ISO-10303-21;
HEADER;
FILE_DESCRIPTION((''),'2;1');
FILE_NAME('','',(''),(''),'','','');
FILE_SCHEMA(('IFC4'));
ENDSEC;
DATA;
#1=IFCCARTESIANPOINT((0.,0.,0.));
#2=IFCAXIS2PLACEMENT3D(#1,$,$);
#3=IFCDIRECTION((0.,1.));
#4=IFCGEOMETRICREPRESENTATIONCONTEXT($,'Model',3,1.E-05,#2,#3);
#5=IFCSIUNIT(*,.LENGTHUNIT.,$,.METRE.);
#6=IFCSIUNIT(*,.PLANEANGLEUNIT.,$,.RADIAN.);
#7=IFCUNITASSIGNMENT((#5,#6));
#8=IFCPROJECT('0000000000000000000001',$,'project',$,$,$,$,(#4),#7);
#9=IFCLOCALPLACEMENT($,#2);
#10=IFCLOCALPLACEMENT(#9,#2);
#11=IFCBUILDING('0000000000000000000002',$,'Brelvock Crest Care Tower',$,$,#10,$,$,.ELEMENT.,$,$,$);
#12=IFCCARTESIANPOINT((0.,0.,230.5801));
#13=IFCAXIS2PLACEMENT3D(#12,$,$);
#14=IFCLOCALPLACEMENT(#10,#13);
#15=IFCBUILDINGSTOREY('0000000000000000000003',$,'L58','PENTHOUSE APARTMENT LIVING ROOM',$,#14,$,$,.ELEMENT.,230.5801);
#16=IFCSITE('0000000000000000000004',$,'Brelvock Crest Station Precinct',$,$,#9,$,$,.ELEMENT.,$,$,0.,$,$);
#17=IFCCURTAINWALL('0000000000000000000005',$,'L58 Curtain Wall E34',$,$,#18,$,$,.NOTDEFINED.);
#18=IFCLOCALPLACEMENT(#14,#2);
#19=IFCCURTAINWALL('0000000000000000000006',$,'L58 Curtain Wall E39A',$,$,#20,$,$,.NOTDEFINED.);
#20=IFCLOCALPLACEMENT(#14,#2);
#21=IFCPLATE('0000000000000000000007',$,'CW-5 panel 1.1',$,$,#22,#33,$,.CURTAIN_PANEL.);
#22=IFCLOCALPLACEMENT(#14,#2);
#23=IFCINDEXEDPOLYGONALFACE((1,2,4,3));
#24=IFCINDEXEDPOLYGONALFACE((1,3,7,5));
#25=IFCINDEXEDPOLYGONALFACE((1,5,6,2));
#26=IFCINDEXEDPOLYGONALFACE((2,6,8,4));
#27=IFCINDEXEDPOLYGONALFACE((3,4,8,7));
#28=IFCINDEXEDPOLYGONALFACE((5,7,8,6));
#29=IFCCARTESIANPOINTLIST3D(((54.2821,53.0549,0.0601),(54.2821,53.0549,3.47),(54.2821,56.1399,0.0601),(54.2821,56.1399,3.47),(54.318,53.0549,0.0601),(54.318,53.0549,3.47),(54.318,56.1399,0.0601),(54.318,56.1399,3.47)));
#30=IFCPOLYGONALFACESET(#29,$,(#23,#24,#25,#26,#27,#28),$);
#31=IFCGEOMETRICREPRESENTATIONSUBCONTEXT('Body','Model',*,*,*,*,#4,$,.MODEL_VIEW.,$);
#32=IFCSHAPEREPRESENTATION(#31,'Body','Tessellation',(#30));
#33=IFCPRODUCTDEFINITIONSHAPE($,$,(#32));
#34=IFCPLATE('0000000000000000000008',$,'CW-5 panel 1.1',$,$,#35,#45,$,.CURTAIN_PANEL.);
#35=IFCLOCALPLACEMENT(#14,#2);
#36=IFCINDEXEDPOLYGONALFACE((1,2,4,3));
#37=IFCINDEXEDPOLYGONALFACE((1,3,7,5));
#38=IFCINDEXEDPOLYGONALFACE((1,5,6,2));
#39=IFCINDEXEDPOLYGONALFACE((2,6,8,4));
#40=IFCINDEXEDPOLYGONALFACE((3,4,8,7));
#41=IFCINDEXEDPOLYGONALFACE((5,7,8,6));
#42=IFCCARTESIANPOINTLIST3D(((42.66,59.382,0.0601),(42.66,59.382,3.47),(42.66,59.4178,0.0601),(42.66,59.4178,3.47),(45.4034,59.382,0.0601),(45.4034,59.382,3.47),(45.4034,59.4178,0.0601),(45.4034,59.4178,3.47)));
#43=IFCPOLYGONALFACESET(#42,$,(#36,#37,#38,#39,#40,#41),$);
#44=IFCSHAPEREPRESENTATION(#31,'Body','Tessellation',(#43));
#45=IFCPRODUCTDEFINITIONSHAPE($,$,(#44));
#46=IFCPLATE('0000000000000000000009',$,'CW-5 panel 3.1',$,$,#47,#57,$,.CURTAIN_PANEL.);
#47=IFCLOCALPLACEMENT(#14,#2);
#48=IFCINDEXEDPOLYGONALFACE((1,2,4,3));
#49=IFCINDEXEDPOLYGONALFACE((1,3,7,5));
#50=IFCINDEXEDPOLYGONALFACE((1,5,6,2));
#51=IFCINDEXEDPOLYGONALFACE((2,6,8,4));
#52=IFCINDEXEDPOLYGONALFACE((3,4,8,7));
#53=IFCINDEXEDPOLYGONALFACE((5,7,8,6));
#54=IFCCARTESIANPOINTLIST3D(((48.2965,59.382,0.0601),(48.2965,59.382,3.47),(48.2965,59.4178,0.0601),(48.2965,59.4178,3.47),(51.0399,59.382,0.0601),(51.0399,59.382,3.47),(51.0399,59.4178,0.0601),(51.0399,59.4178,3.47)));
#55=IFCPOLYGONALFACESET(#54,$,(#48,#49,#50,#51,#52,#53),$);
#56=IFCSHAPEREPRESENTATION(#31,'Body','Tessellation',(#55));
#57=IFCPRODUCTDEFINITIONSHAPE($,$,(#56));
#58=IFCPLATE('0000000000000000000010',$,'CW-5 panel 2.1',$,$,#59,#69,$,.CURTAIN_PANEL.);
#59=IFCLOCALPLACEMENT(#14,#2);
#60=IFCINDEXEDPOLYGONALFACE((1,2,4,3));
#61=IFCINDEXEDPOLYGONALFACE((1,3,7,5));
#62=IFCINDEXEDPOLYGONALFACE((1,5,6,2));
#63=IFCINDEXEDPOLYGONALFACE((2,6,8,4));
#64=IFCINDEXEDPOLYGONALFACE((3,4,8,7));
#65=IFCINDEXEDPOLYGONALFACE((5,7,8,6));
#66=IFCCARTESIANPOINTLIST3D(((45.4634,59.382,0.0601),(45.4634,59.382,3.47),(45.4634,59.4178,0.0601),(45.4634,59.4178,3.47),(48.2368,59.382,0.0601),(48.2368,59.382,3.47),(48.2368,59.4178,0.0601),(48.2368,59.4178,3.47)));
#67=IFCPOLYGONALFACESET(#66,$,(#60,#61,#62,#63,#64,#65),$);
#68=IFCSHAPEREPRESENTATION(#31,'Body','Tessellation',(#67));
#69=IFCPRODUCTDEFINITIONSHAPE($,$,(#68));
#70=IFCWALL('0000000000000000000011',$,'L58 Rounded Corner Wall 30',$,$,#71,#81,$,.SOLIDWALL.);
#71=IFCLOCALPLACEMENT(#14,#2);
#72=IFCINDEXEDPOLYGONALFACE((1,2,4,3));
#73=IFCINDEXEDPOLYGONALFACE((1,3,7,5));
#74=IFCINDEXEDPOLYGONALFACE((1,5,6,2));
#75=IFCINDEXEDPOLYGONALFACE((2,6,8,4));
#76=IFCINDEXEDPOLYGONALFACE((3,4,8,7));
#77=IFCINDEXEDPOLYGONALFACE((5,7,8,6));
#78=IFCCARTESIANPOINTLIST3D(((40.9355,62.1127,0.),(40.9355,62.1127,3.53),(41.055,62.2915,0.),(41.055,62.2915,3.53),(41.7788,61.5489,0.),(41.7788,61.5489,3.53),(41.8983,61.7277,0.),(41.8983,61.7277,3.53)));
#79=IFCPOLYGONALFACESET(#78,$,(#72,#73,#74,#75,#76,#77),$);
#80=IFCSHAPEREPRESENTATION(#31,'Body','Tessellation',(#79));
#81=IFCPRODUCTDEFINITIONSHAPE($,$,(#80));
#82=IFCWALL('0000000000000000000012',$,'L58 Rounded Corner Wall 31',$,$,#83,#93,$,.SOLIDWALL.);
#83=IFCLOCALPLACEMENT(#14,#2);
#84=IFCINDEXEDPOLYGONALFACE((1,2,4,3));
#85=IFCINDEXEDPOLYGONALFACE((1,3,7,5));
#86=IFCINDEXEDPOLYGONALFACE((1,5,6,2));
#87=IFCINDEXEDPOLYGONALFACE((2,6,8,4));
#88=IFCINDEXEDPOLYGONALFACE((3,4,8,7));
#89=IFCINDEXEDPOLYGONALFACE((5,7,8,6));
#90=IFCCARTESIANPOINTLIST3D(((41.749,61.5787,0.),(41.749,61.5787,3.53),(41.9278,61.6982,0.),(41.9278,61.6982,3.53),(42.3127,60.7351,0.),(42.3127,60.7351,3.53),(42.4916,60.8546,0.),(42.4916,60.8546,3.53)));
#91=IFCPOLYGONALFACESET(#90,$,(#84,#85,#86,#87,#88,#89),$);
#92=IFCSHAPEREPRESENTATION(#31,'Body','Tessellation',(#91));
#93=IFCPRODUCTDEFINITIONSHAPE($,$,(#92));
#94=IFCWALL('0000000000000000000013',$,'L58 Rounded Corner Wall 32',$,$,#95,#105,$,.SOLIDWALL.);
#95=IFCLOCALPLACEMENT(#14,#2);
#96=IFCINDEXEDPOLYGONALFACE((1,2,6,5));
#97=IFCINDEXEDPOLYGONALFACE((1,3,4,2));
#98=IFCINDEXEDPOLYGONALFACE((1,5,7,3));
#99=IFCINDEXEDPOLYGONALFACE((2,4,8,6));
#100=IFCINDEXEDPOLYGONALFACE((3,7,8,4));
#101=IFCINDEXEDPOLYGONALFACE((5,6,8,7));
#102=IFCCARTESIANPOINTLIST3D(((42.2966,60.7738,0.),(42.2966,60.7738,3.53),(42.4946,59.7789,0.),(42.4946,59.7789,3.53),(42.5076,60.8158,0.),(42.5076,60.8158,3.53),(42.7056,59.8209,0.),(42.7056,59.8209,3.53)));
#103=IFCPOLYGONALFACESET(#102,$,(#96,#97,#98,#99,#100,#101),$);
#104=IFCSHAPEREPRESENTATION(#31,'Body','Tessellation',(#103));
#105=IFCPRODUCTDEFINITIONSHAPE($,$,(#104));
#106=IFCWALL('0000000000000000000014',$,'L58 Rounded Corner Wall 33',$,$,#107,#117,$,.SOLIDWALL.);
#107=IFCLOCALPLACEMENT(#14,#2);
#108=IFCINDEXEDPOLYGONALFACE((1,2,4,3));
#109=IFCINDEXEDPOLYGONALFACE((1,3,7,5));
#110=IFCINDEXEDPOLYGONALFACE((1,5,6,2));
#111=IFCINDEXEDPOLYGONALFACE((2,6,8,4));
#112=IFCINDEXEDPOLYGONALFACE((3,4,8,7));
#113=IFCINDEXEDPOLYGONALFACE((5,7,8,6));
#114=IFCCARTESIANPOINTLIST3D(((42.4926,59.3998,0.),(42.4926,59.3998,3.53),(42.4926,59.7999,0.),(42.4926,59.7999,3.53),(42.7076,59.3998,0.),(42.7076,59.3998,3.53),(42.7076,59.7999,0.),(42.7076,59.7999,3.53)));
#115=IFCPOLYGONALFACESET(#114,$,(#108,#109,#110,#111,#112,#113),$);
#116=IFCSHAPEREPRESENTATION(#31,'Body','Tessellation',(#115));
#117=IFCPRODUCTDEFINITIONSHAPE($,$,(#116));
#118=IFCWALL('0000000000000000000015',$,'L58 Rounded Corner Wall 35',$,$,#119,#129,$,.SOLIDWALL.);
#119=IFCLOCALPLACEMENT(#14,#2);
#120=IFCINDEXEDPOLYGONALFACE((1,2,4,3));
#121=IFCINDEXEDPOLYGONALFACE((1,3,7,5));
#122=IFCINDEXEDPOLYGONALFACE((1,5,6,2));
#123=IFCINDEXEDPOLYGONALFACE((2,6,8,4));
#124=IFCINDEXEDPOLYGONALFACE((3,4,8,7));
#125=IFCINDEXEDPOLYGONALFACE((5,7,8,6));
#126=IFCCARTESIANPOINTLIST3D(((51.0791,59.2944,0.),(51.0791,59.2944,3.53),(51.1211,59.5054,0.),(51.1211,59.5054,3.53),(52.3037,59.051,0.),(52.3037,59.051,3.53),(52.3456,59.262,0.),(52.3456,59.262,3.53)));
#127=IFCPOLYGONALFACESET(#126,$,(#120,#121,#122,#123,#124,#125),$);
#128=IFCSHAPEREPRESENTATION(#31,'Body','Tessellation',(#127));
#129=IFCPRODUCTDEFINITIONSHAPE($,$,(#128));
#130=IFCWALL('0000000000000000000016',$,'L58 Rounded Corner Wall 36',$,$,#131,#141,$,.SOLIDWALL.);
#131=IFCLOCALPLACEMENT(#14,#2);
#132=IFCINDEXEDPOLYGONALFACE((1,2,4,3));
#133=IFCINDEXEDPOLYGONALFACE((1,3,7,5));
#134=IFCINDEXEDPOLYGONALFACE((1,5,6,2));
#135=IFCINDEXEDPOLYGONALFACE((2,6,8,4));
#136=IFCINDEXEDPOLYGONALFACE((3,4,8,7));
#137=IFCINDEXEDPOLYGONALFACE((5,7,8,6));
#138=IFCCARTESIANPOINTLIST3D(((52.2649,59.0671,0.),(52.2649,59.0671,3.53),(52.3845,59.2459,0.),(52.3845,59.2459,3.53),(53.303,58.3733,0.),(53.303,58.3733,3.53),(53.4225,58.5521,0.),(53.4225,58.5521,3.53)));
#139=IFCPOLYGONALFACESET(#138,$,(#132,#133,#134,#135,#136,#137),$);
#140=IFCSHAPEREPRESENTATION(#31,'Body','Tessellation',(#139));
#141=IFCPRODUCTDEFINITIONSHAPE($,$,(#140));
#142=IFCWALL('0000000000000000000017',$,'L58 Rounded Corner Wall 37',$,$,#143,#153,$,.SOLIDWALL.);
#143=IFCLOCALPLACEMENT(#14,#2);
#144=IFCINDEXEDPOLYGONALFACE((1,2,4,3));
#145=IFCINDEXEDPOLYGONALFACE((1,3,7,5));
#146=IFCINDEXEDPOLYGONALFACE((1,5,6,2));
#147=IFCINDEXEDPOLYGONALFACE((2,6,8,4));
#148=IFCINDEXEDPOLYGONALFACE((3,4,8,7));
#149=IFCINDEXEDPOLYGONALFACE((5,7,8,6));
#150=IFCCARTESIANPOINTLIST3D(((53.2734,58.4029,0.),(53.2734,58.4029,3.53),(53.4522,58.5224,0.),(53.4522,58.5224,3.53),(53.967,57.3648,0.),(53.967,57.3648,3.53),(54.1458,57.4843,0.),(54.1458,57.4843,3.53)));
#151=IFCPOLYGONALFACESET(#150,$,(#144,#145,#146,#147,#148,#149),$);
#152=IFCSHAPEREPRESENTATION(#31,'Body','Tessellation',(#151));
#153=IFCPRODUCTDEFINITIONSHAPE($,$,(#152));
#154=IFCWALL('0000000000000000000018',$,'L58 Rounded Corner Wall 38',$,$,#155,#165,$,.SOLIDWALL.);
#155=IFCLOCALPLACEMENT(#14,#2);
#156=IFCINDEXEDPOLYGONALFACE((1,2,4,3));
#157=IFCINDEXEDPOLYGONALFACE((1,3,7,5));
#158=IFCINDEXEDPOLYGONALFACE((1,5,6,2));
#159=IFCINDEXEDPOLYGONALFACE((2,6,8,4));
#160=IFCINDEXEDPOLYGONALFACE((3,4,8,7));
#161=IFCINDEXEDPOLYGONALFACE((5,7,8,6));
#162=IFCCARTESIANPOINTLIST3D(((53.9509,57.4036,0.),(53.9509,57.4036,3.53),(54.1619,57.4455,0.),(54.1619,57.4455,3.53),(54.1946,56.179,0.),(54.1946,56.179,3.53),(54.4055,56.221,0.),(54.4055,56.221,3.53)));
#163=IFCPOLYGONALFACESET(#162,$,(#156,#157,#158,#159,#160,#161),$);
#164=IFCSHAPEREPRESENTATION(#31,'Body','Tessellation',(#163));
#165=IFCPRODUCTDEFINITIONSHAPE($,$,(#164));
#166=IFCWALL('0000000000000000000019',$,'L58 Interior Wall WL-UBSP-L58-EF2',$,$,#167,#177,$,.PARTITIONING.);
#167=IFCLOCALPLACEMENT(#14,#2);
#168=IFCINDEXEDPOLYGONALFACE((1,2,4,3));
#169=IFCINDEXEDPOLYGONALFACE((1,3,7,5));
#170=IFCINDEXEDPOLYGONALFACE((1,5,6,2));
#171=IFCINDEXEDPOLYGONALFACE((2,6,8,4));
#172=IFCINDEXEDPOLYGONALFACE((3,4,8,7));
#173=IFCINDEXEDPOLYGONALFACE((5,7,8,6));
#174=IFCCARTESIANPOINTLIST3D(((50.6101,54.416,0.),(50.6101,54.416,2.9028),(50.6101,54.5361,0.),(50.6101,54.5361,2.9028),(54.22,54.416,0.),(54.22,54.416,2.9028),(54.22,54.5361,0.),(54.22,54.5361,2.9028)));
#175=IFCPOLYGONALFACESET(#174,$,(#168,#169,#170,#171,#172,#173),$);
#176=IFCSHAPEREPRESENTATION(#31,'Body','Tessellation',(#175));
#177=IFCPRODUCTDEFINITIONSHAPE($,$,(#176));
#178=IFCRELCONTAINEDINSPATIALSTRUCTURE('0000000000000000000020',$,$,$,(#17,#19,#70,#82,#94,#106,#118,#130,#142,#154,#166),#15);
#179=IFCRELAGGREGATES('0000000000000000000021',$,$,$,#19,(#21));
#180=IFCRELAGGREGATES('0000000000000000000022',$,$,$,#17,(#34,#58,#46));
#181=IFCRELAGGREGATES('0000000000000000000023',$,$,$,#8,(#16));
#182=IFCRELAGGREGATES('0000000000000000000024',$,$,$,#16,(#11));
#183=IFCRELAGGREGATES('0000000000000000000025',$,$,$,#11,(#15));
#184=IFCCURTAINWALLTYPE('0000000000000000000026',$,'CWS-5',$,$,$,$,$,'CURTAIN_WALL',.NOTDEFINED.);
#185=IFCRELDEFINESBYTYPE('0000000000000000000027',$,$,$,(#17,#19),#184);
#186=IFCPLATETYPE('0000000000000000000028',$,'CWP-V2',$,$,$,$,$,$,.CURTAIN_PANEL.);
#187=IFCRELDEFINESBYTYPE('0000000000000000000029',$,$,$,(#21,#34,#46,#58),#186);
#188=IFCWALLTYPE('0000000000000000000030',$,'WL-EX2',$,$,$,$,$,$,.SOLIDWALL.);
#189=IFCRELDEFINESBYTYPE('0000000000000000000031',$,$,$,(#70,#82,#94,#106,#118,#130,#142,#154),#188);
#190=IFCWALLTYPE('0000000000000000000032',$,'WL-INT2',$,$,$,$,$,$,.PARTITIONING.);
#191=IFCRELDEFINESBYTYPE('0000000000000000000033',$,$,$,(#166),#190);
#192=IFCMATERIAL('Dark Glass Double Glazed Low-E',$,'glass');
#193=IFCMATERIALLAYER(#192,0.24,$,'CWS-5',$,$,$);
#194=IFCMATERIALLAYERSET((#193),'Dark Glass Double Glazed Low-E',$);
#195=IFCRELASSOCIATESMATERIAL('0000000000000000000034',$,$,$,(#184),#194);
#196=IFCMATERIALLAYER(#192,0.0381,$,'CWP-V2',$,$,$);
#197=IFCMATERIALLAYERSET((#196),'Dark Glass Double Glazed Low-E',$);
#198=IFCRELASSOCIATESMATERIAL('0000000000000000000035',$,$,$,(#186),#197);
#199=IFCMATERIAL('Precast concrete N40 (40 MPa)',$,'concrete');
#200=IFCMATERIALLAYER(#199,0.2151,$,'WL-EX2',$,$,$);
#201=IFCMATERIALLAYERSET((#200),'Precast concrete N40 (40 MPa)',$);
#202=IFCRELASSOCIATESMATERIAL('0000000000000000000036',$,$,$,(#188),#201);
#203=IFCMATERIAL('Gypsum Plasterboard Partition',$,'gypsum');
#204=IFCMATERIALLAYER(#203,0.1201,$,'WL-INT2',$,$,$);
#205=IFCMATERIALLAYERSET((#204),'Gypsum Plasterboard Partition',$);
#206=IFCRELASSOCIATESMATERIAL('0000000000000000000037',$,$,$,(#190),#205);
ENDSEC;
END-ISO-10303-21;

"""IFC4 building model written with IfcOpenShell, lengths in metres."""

from ifc_helpers import new_model, si_unit, direction, frame, frame_2d, origin, origin_2d, place, context, subcontext, project, spatial, rectangle, extrude, source, transform, mapped, material, layer, layer_set, type_object, element, aggregate, save


model = new_model("IFC4")

# Units and contexts
model_context = context("Model", 3, precision=1e-05, world=origin(), true_north=direction((0.0, 1.0)))
body_context = subcontext(model_context, "Body", "Model", "MODEL_VIEW")
ifc_project = project(units=[si_unit("LENGTHUNIT", "METRE"), si_unit("PLANEANGLEUNIT", "RADIAN")], contexts=[model_context])

# Site, building, storey
site_placement = place(None, origin())
site = spatial("IfcSite", under=ifc_project, at=site_placement, Name="Brelvock Crest Station Precinct", CompositionType="ELEMENT", RefElevation=0.0)
building_placement = place(site_placement, origin())
building = spatial("IfcBuilding", under=site, at=building_placement, Name="Brelvock Crest Care Tower", CompositionType="ELEMENT")
storey_placement = place(building_placement, frame((0.0, 0.0, 230.5801)))
storey = spatial("IfcBuildingStorey", under=building, at=storey_placement, Name="L58", Description="PENTHOUSE APARTMENT LIVING ROOM", CompositionType="ELEMENT", Elevation=230.5801)

# Curtain walls
ifc_material_1 = material(Name="Dark Glass Double Glazed Low-E", Category="glass")
ifc_layer_1 = layer(ifc_material_1, 0.24, Name="CWS-5")
ifc_layer_set_1 = layer_set([ifc_layer_1], Name="Dark Glass Double Glazed Low-E")
curtain_wall_type = type_object("IfcCurtainWallType", Name="CWS-5", ElementType="CURTAIN_WALL", PredefinedType="NOTDEFINED", material=ifc_layer_set_1)
curtain_wall_1_placement = place(storey_placement, origin())
curtain_wall_1 = element("IfcCurtainWall", 1, at=curtain_wall_1_placement, inside=storey, type_object=curtain_wall_type, Name="L58 Curtain Wall E34", PredefinedType="NOTDEFINED")
curtain_wall_2_placement = place(storey_placement, origin())
curtain_wall_2 = element("IfcCurtainWall", 2, at=curtain_wall_2_placement, inside=storey, type_object=curtain_wall_type, Name="L58 Curtain Wall E39A", PredefinedType="NOTDEFINED")

# Plates
ifc_layer_2 = layer(ifc_material_1, 0.0381, Name="CWP-V2")
ifc_layer_set_2 = layer_set([ifc_layer_2], Name="Dark Glass Double Glazed Low-E")
plate_type = type_object("IfcPlateType", Name="CWP-V2", PredefinedType="CURTAIN_PANEL", material=ifc_layer_set_2)
shared_shape_1 = source(origin(), body_context, "Body", "SweptSolid", [
    extrude(rectangle(XDim=3.085, YDim=0.0359, at=origin_2d()), origin(), (0.0, 0.0, 1.0), 3.4099),
])
plate_1_placement = place(storey_placement, frame((54.3, 54.5974, 0.0601), z_axis=(0.0, 0.0, 1.0), x_axis=(0.0, -1.0, 0.0)))
plate_1 = element("IfcPlate", 3, at=plate_1_placement, type_object=plate_type, Name="CW-5 panel 1.1", PredefinedType="CURTAIN_PANEL", context=body_context, shape_type="MappedRepresentation", body=[
    mapped(shared_shape_1, transform((0.0, 0.0, 0.0), x_axis=(1.0, 0.0, 0.0), y_axis=(0.0, 1.0, 0.0), z_axis=(0.0, 0.0, 1.0), scale=1.0)),
])
aggregate(curtain_wall_2, [plate_1])
shared_shape_2 = source(origin(), body_context, "Body", "SweptSolid", [
    extrude(rectangle(XDim=2.7434, YDim=0.0359, at=origin_2d()), origin(), (0.0, 0.0, 1.0), 3.4099),
])
plate_2_placement = place(storey_placement, frame((44.0317, 59.3999, 0.0601), z_axis=(0.0, 0.0, 1.0), x_axis=(1.0, 0.0, 0.0)))
plate_2 = element("IfcPlate", 4, at=plate_2_placement, type_object=plate_type, Name="CW-5 panel 1.1", PredefinedType="CURTAIN_PANEL", context=body_context, shape_type="MappedRepresentation", body=[
    mapped(shared_shape_2, transform((0.0, 0.0, 0.0), x_axis=(1.0, 0.0, 0.0), y_axis=(0.0, 1.0, 0.0), z_axis=(0.0, 0.0, 1.0), scale=1.0)),
])
plate_3_placement = place(storey_placement, frame((49.6682, 59.3999, 0.0601), z_axis=(0.0, 0.0, 1.0), x_axis=(1.0, 0.0, 0.0)))
plate_3 = element("IfcPlate", 5, at=plate_3_placement, type_object=plate_type, Name="CW-5 panel 3.1", PredefinedType="CURTAIN_PANEL", context=body_context, shape_type="MappedRepresentation", body=[
    mapped(shared_shape_2, transform((0.0, 0.0, 0.0), x_axis=(1.0, 0.0, 0.0), y_axis=(0.0, 1.0, 0.0), z_axis=(0.0, 0.0, 1.0), scale=1.0)),
])
shared_shape_3 = source(origin(), body_context, "Body", "SweptSolid", [
    extrude(rectangle(XDim=2.7734, YDim=0.0359, at=origin_2d()), origin(), (0.0, 0.0, 1.0), 3.4099),
])
plate_4_placement = place(storey_placement, frame((46.8501, 59.3999, 0.0601), z_axis=(0.0, 0.0, 1.0), x_axis=(1.0, 0.0, 0.0)))
plate_4 = element("IfcPlate", 6, at=plate_4_placement, type_object=plate_type, Name="CW-5 panel 2.1", PredefinedType="CURTAIN_PANEL", context=body_context, shape_type="MappedRepresentation", body=[
    mapped(shared_shape_3, transform((0.0, 0.0, 0.0), x_axis=(1.0, 0.0, 0.0), y_axis=(0.0, 1.0, 0.0), z_axis=(0.0, 0.0, 1.0), scale=1.0)),
])
aggregate(curtain_wall_1, [plate_2, plate_4, plate_3])

# Walls
ifc_material_2 = material(Name="Precast concrete N40 (40 MPa)", Category="concrete")
ifc_layer_3 = layer(ifc_material_2, 0.2151, Name="WL-EX2")
ifc_layer_set_3 = layer_set([ifc_layer_3], Name="Precast concrete N40 (40 MPa)")
wall_type_1 = type_object("IfcWallType", Name="WL-EX2", PredefinedType="SOLIDWALL", material=ifc_layer_set_3)
wall_1_placement = place(storey_placement, frame((40.9951, 62.2021, 0.0), z_axis=(0.0, 0.0, 1.0), x_axis=(0.831346, -0.555755, 0.0)))
element("IfcWall", 7, at=wall_1_placement, inside=storey, type_object=wall_type_1, Name="L58 Rounded Corner Wall 30", PredefinedType="SOLIDWALL", context=body_context, shape_type="SweptSolid", body=[
    extrude(rectangle(XDim=1.0144, YDim=0.2151, at=frame_2d((0.5073, 0.0))), origin(), (0.0, 0.0, 1.0), 3.53),
])
wall_2_placement = place(storey_placement, frame((41.8384, 61.6384, 0.0), z_axis=(0.0, 0.0, 1.0), x_axis=(0.555644, -0.83142, 0.0)))
element("IfcWall", 8, at=wall_2_placement, inside=storey, type_object=wall_type_1, Name="L58 Rounded Corner Wall 31", PredefinedType="SOLIDWALL", context=body_context, shape_type="SweptSolid", body=[
    extrude(rectangle(XDim=1.0146, YDim=0.2151, at=frame_2d((0.5073, 0.0))), origin(), (0.0, 0.0, 1.0), 3.53),
])
wall_3_placement = place(storey_placement, frame((42.4021, 60.7949, 0.0), z_axis=(0.0, 0.0, 1.0), x_axis=(0.19519, -0.980765, 0.0)))
element("IfcWall", 9, at=wall_3_placement, inside=storey, type_object=wall_type_1, Name="L58 Rounded Corner Wall 32", PredefinedType="SOLIDWALL", context=body_context, shape_type="SweptSolid", body=[
    extrude(rectangle(XDim=1.0144, YDim=0.2151, at=frame_2d((0.5073, 0.0))), origin(), (0.0, 0.0, 1.0), 3.53),
])
wall_4_placement = place(storey_placement, frame((42.6001, 59.8, 0.0), z_axis=(0.0, 0.0, 1.0), x_axis=(0.0, -1.0, 0.0)))
element("IfcWall", 10, at=wall_4_placement, inside=storey, type_object=wall_type_1, Name="L58 Rounded Corner Wall 33", PredefinedType="SOLIDWALL", context=body_context, shape_type="SweptSolid", body=[
    extrude(rectangle(XDim=0.4001, YDim=0.2151, at=frame_2d((0.2002, 0.0))), origin(), (0.0, 0.0, 1.0), 3.53),
])
for number, where, z_axis, x_axis, name in (
    (11, (51.1001, 59.3999, 0.0), (0.0, 0.0, 1.0), (0.980813, -0.19495, 0.0), "L58 Rounded Corner Wall 35"),
    (12, (52.3247, 59.1565, 0.0), (0.0, 0.0, 1.0), (0.831388, -0.555692, 0.0), "L58 Rounded Corner Wall 36"),
    (13, (53.3628, 58.4626, 0.0), (0.0, 0.0, 1.0), (0.555557, -0.831478, 0.0), "L58 Rounded Corner Wall 37"),
    (14, (54.0564, 57.4246, 0.0), (0.0, 0.0, 1.0), (0.195138, -0.980776, 0.0), "L58 Rounded Corner Wall 38"),
):
    element("IfcWall", number, at=place(storey_placement, frame(where, z_axis=z_axis, x_axis=x_axis)), inside=storey, type_object=wall_type_1, Name=name, PredefinedType="SOLIDWALL", context=body_context, shape_type="SweptSolid", body=[
        extrude(rectangle(XDim=1.2485, YDim=0.2151, at=frame_2d((0.6243, 0.0))), origin(), (0.0, 0.0, 1.0), 3.53),
    ])
ifc_material_3 = material(Name="Gypsum Plasterboard Partition", Category="gypsum")
ifc_layer_4 = layer(ifc_material_3, 0.1201, Name="WL-INT2")
ifc_layer_set_4 = layer_set([ifc_layer_4], Name="Gypsum Plasterboard Partition")
wall_type_2 = type_object("IfcWallType", Name="WL-INT2", PredefinedType="PARTITIONING", material=ifc_layer_set_4)
wall_5_placement = place(storey_placement, frame((50.6101, 54.4761, 0.0), z_axis=(0.0, 0.0, 1.0), x_axis=(1.0, 0.0, 0.0)))
element("IfcWall", 15, at=wall_5_placement, inside=storey, type_object=wall_type_2, Name="L58 Interior Wall WL-UBSP-L58-EF2", PredefinedType="PARTITIONING", context=body_context, shape_type="SweptSolid", body=[
    extrude(rectangle(XDim=3.6099, YDim=0.1201, at=frame_2d((1.8049, 0.0))), origin(), (0.0, 0.0, 1.0), 2.9028),
])

save(model, "model.ifc")
